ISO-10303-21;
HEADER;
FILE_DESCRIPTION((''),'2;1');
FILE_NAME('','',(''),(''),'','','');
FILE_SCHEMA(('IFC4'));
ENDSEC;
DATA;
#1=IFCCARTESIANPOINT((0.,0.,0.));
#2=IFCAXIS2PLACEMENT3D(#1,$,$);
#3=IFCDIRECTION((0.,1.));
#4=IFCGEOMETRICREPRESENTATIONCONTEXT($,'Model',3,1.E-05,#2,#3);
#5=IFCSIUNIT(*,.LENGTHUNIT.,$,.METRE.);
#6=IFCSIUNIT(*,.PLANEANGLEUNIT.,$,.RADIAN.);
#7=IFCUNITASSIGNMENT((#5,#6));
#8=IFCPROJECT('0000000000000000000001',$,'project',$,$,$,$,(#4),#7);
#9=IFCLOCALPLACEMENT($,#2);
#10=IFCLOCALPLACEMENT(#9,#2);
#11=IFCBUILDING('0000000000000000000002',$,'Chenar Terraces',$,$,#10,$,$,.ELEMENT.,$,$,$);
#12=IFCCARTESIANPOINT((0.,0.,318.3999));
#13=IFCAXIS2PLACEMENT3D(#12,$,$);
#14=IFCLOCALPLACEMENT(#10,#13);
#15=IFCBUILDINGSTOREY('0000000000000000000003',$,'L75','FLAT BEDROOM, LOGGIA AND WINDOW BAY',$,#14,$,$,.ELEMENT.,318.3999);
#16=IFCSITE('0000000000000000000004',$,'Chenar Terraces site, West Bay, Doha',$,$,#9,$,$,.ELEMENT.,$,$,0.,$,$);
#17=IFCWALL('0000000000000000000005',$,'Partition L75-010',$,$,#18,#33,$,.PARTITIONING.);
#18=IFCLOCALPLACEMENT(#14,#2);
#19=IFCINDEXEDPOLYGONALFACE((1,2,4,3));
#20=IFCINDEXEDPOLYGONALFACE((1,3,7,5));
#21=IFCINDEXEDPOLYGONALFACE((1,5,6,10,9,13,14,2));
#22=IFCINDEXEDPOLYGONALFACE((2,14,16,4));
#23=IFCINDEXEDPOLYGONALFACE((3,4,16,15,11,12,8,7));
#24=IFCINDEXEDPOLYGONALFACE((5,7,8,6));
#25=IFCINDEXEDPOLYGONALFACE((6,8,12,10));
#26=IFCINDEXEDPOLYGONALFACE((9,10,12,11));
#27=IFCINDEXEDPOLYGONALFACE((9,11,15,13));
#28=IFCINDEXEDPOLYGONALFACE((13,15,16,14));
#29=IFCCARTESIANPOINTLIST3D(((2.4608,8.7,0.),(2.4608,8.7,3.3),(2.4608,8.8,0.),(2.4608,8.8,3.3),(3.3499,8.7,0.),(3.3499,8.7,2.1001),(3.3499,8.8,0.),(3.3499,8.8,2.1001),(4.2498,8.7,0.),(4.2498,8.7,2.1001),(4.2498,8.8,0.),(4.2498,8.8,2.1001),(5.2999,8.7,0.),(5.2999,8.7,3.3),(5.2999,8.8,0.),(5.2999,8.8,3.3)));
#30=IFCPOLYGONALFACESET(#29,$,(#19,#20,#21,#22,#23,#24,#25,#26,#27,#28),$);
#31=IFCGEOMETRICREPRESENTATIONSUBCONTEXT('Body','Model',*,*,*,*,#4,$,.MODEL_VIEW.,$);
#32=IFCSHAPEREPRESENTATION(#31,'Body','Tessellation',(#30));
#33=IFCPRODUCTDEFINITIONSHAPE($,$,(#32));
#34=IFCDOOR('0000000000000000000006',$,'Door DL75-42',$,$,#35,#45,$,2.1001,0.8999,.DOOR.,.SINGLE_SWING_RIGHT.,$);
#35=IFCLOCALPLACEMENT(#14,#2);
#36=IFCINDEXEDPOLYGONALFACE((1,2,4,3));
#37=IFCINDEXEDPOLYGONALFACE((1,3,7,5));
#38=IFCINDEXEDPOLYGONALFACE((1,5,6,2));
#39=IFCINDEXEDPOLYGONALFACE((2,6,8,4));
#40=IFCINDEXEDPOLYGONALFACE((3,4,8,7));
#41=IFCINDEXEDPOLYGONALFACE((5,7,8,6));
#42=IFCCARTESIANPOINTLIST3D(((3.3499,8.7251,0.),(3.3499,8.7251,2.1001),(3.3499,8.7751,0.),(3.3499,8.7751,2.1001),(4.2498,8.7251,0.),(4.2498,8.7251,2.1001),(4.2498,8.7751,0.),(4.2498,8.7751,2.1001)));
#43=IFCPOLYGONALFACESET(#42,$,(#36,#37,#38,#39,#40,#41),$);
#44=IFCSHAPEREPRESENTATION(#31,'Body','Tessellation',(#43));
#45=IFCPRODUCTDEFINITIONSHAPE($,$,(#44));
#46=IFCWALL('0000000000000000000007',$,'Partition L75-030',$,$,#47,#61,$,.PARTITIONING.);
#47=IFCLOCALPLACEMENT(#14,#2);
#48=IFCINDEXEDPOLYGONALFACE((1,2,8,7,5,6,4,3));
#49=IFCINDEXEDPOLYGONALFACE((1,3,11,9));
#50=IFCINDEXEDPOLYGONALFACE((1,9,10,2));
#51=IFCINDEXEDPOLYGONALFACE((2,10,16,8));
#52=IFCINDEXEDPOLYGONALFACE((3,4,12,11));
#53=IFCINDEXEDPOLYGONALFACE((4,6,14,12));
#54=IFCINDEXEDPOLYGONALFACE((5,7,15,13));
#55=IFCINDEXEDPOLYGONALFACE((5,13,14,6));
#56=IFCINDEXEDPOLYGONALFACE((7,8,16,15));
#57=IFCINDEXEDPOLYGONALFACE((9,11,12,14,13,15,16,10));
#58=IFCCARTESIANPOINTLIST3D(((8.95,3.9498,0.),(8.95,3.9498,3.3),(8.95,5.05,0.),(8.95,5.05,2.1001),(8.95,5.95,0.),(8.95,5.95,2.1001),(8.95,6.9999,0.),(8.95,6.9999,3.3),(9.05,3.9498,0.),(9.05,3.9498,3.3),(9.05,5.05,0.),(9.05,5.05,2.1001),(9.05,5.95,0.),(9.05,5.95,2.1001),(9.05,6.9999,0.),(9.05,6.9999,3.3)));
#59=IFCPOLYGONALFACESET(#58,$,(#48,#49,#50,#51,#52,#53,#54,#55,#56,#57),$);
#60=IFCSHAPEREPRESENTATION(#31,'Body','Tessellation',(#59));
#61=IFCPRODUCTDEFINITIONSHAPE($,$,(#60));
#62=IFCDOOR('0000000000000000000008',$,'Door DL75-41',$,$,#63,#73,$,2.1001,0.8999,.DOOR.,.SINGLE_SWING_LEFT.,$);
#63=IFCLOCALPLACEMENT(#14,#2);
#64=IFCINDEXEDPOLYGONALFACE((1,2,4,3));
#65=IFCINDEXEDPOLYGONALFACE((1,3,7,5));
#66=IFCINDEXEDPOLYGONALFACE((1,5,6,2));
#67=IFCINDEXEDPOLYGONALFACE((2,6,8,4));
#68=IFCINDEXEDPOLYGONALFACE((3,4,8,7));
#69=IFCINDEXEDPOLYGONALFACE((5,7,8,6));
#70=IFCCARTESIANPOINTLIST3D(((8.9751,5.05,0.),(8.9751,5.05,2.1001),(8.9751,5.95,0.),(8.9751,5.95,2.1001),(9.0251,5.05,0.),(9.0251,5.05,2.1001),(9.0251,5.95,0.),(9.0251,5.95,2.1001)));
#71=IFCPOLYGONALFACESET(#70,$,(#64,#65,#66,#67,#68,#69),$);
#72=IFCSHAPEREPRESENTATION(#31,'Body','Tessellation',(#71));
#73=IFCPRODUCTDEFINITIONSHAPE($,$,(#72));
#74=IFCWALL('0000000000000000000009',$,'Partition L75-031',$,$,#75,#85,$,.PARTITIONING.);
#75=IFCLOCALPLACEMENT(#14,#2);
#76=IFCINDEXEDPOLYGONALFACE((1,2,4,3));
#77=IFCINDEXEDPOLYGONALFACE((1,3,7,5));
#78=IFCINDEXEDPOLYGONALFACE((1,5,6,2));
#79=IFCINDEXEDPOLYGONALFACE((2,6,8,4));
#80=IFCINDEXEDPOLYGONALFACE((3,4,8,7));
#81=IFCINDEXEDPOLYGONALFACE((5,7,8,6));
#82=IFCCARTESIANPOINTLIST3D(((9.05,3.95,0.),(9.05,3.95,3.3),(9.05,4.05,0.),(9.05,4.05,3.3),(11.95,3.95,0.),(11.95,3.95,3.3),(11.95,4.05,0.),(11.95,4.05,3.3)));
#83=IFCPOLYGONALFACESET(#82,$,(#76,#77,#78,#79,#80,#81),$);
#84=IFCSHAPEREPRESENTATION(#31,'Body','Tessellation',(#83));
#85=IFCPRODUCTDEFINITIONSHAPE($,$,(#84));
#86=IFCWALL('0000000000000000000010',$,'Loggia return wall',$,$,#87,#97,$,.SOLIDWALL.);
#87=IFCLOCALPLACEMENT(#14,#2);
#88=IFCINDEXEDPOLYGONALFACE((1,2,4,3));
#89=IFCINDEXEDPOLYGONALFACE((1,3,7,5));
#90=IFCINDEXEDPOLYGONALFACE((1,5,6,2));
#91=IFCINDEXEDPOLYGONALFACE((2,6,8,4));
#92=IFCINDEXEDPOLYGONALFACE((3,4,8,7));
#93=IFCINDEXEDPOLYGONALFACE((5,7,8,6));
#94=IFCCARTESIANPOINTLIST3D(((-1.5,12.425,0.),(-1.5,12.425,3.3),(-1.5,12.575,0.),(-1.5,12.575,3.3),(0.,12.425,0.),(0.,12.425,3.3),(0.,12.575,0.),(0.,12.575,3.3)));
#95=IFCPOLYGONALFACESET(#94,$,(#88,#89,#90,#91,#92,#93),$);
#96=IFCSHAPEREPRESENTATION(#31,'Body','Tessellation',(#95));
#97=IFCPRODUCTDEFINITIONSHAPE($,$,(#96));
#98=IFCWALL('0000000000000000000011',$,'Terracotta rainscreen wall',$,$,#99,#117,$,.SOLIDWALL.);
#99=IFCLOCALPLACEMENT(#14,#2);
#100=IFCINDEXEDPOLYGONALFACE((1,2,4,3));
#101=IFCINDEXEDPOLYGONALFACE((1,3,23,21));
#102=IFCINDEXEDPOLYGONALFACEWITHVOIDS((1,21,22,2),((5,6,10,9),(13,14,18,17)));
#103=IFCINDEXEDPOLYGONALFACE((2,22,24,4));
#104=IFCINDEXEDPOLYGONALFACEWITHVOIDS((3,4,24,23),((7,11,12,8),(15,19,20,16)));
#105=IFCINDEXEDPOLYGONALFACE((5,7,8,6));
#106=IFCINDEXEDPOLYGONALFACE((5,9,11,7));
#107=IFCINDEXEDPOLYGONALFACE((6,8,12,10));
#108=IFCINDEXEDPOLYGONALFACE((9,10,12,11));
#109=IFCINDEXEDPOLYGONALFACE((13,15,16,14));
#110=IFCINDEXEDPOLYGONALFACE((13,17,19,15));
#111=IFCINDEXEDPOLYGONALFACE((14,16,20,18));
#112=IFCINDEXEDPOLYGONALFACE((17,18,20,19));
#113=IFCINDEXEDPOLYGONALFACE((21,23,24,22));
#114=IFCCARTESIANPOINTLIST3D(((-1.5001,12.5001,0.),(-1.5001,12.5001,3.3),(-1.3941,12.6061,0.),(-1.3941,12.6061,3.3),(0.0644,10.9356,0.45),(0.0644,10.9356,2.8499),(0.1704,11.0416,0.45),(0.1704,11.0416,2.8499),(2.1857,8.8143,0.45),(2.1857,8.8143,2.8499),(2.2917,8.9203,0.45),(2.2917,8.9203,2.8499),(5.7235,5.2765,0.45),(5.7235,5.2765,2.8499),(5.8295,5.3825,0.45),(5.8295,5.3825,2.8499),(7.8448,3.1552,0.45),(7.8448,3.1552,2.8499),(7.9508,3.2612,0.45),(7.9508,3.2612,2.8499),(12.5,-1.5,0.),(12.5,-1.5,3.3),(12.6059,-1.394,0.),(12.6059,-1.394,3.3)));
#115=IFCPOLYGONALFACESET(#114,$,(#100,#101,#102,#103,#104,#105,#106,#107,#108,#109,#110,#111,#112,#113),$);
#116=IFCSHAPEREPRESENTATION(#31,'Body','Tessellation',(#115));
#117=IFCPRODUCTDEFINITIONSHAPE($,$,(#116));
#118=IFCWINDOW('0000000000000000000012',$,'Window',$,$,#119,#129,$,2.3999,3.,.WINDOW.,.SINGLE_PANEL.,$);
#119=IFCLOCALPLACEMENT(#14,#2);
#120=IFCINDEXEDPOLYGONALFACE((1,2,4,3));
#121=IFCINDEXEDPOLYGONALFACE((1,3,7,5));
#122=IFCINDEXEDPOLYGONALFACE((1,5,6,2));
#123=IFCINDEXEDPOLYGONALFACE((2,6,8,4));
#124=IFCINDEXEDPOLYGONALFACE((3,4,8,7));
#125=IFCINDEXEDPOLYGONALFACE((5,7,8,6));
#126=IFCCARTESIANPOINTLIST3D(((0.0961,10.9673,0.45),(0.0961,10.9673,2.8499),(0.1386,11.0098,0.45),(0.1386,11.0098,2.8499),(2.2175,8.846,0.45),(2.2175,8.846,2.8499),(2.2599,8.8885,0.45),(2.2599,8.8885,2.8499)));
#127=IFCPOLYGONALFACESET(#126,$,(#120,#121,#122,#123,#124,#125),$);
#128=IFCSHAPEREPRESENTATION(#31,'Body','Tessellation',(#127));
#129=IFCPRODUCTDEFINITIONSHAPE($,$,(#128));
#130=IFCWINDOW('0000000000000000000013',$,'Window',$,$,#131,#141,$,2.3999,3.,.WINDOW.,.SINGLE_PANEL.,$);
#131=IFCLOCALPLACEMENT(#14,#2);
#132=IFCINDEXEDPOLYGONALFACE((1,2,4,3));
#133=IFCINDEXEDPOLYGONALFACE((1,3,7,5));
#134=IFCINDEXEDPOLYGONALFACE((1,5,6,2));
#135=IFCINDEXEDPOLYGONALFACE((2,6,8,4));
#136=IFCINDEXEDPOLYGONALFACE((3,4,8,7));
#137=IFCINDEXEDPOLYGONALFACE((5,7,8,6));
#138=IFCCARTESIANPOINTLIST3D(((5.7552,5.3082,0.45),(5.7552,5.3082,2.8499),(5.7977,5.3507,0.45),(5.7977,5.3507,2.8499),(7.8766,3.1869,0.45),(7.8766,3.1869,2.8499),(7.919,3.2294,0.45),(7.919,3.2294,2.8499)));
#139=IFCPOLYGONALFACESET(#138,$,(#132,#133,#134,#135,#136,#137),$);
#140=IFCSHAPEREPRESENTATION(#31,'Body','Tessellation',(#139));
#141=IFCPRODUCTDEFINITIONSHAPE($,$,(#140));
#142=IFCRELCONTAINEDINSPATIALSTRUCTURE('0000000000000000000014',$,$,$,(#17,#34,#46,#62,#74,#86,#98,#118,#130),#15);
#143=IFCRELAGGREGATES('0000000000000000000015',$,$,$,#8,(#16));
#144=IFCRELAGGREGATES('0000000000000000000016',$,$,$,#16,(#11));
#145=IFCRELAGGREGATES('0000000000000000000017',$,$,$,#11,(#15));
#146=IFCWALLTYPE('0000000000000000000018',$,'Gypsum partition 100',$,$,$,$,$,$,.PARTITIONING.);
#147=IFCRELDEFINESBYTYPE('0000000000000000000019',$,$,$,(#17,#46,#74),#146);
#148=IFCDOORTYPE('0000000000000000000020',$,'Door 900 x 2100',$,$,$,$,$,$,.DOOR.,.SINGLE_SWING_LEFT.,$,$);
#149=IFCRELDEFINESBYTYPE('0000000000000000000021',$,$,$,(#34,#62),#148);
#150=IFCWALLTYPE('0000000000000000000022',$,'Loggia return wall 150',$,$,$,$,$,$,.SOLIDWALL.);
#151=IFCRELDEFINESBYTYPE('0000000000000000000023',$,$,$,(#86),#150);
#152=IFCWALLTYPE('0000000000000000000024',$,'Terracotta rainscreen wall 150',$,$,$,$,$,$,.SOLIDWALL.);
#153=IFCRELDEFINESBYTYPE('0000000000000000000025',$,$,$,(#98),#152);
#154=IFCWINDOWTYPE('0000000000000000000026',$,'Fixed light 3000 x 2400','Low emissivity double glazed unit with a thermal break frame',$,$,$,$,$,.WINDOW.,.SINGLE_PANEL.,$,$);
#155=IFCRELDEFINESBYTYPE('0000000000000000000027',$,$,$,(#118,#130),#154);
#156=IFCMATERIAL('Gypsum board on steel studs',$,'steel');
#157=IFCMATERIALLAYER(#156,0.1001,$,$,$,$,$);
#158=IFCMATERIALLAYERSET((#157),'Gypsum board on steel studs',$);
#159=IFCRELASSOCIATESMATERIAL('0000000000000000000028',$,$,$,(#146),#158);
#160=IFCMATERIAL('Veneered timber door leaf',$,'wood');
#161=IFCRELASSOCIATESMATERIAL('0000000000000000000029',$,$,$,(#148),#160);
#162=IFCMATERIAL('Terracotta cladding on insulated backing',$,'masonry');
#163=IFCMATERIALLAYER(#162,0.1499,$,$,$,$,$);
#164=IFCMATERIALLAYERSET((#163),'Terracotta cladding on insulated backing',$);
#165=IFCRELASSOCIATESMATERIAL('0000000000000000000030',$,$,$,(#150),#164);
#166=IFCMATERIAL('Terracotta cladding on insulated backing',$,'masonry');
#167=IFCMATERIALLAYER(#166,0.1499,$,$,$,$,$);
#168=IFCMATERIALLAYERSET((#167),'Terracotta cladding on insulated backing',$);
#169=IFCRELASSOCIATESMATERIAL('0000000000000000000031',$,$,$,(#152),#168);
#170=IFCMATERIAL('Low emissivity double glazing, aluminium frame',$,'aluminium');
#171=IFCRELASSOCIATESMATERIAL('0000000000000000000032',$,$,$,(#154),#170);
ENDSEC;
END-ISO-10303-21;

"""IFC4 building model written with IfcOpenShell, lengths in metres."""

from ifc_helpers import new_model, si_unit, direction, frame, frame_2d, origin, place, context, subcontext, project, spatial, rectangle, extrude, material, layer, layer_set, type_object, element, fill, save


model = new_model("IFC4")

# Units and contexts
model_context = context("Model", 3, precision=1e-05, world=origin(), true_north=direction((0.0, 1.0)))
body_context = subcontext(model_context, "Body", "Model", "MODEL_VIEW")
ifc_project = project(units=[si_unit("LENGTHUNIT", "METRE"), si_unit("PLANEANGLEUNIT", "RADIAN")], contexts=[model_context])

# Site, building, storey
site_placement = place(None, origin())
site = spatial("IfcSite", under=ifc_project, at=site_placement, Name="Chenar Terraces site, West Bay, Doha", CompositionType="ELEMENT", RefElevation=0.0)
building_placement = place(site_placement, origin())
building = spatial("IfcBuilding", under=site, at=building_placement, Name="Chenar Terraces", CompositionType="ELEMENT")
storey_placement = place(building_placement, frame((0.0, 0.0, 318.3999)))
storey = spatial("IfcBuildingStorey", under=building, at=storey_placement, Name="L75", Description="FLAT BEDROOM, LOGGIA AND WINDOW BAY", CompositionType="ELEMENT", Elevation=318.3999)

# Walls, openings, doors
ifc_material_1 = material(Name="Gypsum board on steel studs", Category="steel")
ifc_layer_1 = layer(ifc_material_1, 0.1001)
ifc_layer_set_1 = layer_set([ifc_layer_1], Name="Gypsum board on steel studs")
wall_type_1 = type_object("IfcWallType", Name="Gypsum partition 100", PredefinedType="PARTITIONING", material=ifc_layer_set_1)
wall_1_placement = place(storey_placement, frame((2.4609, 8.75, 0.0), z_axis=(0.0, 0.0, 1.0), x_axis=(1.0, 0.0, 0.0)))
wall_1 = element("IfcWall", 1, at=wall_1_placement, inside=storey, type_object=wall_type_1, Name="Partition L75-010", PredefinedType="PARTITIONING", context=body_context, shape_type="SweptSolid", body=[
    extrude(rectangle(XDim=2.8391, YDim=0.1001, at=frame_2d((1.4194, 0.0))), origin(), (0.0, 0.0, 1.0), 3.3),
])
opening_1_placement = place(wall_1_placement, frame((0.8889, 0.0, 0.0)))
opening_1 = element("IfcOpeningElement", 2, at=opening_1_placement, cuts=wall_1, PredefinedType="OPENING", context=body_context, shape_type="SweptSolid", body=[
    extrude(rectangle(XDim=0.8999, YDim=2.1001, at=frame_2d((0.45, 1.05))), frame((0.0, 0.0601, 0.0), z_axis=(0.0, -1.0, 0.0), x_axis=(1.0, 0.0, 0.0)), (0.0, 0.0, 1.0), 0.1201),
])
ifc_material_2 = material(Name="Veneered timber door leaf", Category="wood")
door_type_1 = type_object("IfcDoorType", Name="Door 900 x 2100", OperationType="SINGLE_SWING_LEFT", PredefinedType="DOOR", material=ifc_material_2)
door_1_placement = place(opening_1_placement, frame((0.8999, 0.0, 0.0), z_axis=(0.0, 0.0, 1.0), x_axis=(-1.0, 0.0, 0.0)))
door_1 = element("IfcDoor", 3, at=door_1_placement, inside=storey, type_object=door_type_1, Name="Door DL75-42", OperationType="SINGLE_SWING_RIGHT", OverallHeight=2.1001, OverallWidth=0.8999, PredefinedType="DOOR", context=body_context, shape_type="SweptSolid", body=[
    extrude(rectangle(XDim=0.8999, YDim=2.1001, at=frame_2d((0.45, 1.05))), frame((0.0, 0.0249, 0.0), z_axis=(0.0, -1.0, 0.0), x_axis=(1.0, 0.0, 0.0)), (0.0, 0.0, 1.0), 0.05),
])
fill(opening_1, door_1)
wall_2_placement = place(storey_placement, frame((9.0, 3.95, 0.0), z_axis=(0.0, 0.0, 1.0), x_axis=(0.0, 1.0, 0.0)))
wall_2 = element("IfcWall", 4, at=wall_2_placement, inside=storey, type_object=wall_type_1, Name="Partition L75-030", PredefinedType="PARTITIONING", context=body_context, shape_type="SweptSolid", body=[
    extrude(rectangle(XDim=3.05, YDim=0.1001, at=frame_2d((1.5249, 0.0))), origin(), (0.0, 0.0, 1.0), 3.3),
])
opening_2_placement = place(wall_2_placement, frame((1.1001, 0.0, 0.0)))
opening_2 = element("IfcOpeningElement", 5, at=opening_2_placement, cuts=wall_2, PredefinedType="OPENING", context=body_context, shape_type="SweptSolid", body=[
    extrude(rectangle(XDim=0.8999, YDim=2.1001, at=frame_2d((0.45, 1.05))), frame((0.0, 0.0601, 0.0), z_axis=(0.0, -1.0, 0.0), x_axis=(1.0, 0.0, 0.0)), (0.0, 0.0, 1.0), 0.1201),
])
door_2_placement = place(opening_2_placement, origin())
door_2 = element("IfcDoor", 6, at=door_2_placement, inside=storey, type_object=door_type_1, Name="Door DL75-41", OperationType="SINGLE_SWING_LEFT", OverallHeight=2.1001, OverallWidth=0.8999, PredefinedType="DOOR", context=body_context, shape_type="SweptSolid", body=[
    extrude(rectangle(XDim=0.8999, YDim=2.1001, at=frame_2d((0.45, 1.05))), frame((0.0, 0.0249, 0.0), z_axis=(0.0, -1.0, 0.0), x_axis=(1.0, 0.0, 0.0)), (0.0, 0.0, 1.0), 0.05),
])
fill(opening_2, door_2)

# Walls
wall_3_placement = place(storey_placement, frame((9.05, 4.0, 0.0), z_axis=(0.0, 0.0, 1.0), x_axis=(1.0, 0.0, 0.0)))
element("IfcWall", 7, at=wall_3_placement, inside=storey, type_object=wall_type_1, Name="Partition L75-031", PredefinedType="PARTITIONING", context=body_context, shape_type="SweptSolid", body=[
    extrude(rectangle(XDim=2.8999, YDim=0.1001, at=frame_2d((1.45, 0.0))), origin(), (0.0, 0.0, 1.0), 3.3),
])
ifc_material_3 = material(Name="Terracotta cladding on insulated backing", Category="masonry")
ifc_layer_2 = layer(ifc_material_3, 0.1499)
ifc_layer_set_2 = layer_set([ifc_layer_2], Name="Terracotta cladding on insulated backing")
wall_type_2 = type_object("IfcWallType", Name="Loggia return wall 150", PredefinedType="SOLIDWALL", material=ifc_layer_set_2)
wall_4_placement = place(storey_placement, frame((-1.5, 12.5, 0.0), z_axis=(0.0, 0.0, 1.0), x_axis=(1.0, 0.0, 0.0)))
element("IfcWall", 8, at=wall_4_placement, inside=storey, type_object=wall_type_2, Name="Loggia return wall", PredefinedType="SOLIDWALL", context=body_context, shape_type="SweptSolid", body=[
    extrude(rectangle(XDim=1.5, YDim=0.1499, at=frame_2d((0.75, 0.0))), origin(), (0.0, 0.0, 1.0), 3.3),
])

# Wall, openings, windows
ifc_material_4 = material(Name="Terracotta cladding on insulated backing", Category="masonry")
ifc_layer_3 = layer(ifc_material_4, 0.1499)
ifc_layer_set_3 = layer_set([ifc_layer_3], Name="Terracotta cladding on insulated backing")
wall_type_3 = type_object("IfcWallType", Name="Terracotta rainscreen wall 150", PredefinedType="SOLIDWALL", material=ifc_layer_set_3)
wall_5_placement = place(storey_placement, frame((-1.447, 12.553, 0.0), z_axis=(0.0, 0.0, 1.0), x_axis=(0.707107, -0.707107, 0.0)))
wall_5 = element("IfcWall", 9, at=wall_5_placement, inside=storey, type_object=wall_type_3, Name="Terracotta rainscreen wall", PredefinedType="SOLIDWALL", context=body_context, shape_type="SweptSolid", body=[
    extrude(rectangle(XDim=19.7991, YDim=0.1499, at=frame_2d((9.8994, 0.0))), origin(), (0.0, 0.0, 1.0), 3.3),
])
opening_3_placement = place(wall_5_placement, frame((2.2124, 0.0, 0.45)))
opening_3 = element("IfcOpeningElement", 10, at=opening_3_placement, cuts=wall_5, PredefinedType="OPENING", context=body_context, shape_type="SweptSolid", body=[
    extrude(rectangle(XDim=3.0, YDim=2.3999, at=frame_2d((1.5, 1.2))), frame((0.0, 0.085, 0.0), z_axis=(0.0, -1.0, 0.0), x_axis=(1.0, 0.0, 0.0)), (0.0, 0.0, 1.0), 0.1699),
])
opening_4_placement = place(wall_5_placement, frame((10.2156, 0.0, 0.45)))
opening_4 = element("IfcOpeningElement", 11, at=opening_4_placement, cuts=wall_5, PredefinedType="OPENING", context=body_context, shape_type="SweptSolid", body=[
    extrude(rectangle(XDim=3.0, YDim=2.3999, at=frame_2d((1.5, 1.2))), frame((0.0, 0.085, 0.0), z_axis=(0.0, -1.0, 0.0), x_axis=(1.0, 0.0, 0.0)), (0.0, 0.0, 1.0), 0.1699),
])
ifc_material_5 = material(Name="Low emissivity double glazing, aluminium frame", Category="aluminium")
window_type = type_object("IfcWindowType", Name="Fixed light 3000 x 2400", Description="Low emissivity double glazed unit with a thermal break frame", PartitioningType="SINGLE_PANEL", PredefinedType="WINDOW", material=ifc_material_5)
window_1_placement = place(opening_3_placement, origin())
window_1 = element("IfcWindow", 12, at=window_1_placement, inside=storey, type_object=window_type, Name="Window", OverallHeight=2.3999, OverallWidth=3.0, PartitioningType="SINGLE_PANEL", PredefinedType="WINDOW", context=body_context, shape_type="SweptSolid", body=[
    extrude(rectangle(XDim=3.0, YDim=2.3999, at=frame_2d((1.5, 1.2))), frame((0.0, 0.03, 0.0), z_axis=(0.0, -1.0, 0.0), x_axis=(1.0, 0.0, 0.0)), (0.0, 0.0, 1.0), 0.0601),
])
fill(opening_3, window_1)
window_2_placement = place(opening_4_placement, origin())
window_2 = element("IfcWindow", 13, at=window_2_placement, inside=storey, type_object=window_type, Name="Window", OverallHeight=2.3999, OverallWidth=3.0, PartitioningType="SINGLE_PANEL", PredefinedType="WINDOW", context=body_context, shape_type="SweptSolid", body=[
    extrude(rectangle(XDim=3.0, YDim=2.3999, at=frame_2d((1.5, 1.2))), frame((0.0, 0.03, 0.0), z_axis=(0.0, -1.0, 0.0), x_axis=(1.0, 0.0, 0.0)), (0.0, 0.0, 1.0), 0.0601),
])
fill(opening_4, window_2)

save(model, "model.ifc")
